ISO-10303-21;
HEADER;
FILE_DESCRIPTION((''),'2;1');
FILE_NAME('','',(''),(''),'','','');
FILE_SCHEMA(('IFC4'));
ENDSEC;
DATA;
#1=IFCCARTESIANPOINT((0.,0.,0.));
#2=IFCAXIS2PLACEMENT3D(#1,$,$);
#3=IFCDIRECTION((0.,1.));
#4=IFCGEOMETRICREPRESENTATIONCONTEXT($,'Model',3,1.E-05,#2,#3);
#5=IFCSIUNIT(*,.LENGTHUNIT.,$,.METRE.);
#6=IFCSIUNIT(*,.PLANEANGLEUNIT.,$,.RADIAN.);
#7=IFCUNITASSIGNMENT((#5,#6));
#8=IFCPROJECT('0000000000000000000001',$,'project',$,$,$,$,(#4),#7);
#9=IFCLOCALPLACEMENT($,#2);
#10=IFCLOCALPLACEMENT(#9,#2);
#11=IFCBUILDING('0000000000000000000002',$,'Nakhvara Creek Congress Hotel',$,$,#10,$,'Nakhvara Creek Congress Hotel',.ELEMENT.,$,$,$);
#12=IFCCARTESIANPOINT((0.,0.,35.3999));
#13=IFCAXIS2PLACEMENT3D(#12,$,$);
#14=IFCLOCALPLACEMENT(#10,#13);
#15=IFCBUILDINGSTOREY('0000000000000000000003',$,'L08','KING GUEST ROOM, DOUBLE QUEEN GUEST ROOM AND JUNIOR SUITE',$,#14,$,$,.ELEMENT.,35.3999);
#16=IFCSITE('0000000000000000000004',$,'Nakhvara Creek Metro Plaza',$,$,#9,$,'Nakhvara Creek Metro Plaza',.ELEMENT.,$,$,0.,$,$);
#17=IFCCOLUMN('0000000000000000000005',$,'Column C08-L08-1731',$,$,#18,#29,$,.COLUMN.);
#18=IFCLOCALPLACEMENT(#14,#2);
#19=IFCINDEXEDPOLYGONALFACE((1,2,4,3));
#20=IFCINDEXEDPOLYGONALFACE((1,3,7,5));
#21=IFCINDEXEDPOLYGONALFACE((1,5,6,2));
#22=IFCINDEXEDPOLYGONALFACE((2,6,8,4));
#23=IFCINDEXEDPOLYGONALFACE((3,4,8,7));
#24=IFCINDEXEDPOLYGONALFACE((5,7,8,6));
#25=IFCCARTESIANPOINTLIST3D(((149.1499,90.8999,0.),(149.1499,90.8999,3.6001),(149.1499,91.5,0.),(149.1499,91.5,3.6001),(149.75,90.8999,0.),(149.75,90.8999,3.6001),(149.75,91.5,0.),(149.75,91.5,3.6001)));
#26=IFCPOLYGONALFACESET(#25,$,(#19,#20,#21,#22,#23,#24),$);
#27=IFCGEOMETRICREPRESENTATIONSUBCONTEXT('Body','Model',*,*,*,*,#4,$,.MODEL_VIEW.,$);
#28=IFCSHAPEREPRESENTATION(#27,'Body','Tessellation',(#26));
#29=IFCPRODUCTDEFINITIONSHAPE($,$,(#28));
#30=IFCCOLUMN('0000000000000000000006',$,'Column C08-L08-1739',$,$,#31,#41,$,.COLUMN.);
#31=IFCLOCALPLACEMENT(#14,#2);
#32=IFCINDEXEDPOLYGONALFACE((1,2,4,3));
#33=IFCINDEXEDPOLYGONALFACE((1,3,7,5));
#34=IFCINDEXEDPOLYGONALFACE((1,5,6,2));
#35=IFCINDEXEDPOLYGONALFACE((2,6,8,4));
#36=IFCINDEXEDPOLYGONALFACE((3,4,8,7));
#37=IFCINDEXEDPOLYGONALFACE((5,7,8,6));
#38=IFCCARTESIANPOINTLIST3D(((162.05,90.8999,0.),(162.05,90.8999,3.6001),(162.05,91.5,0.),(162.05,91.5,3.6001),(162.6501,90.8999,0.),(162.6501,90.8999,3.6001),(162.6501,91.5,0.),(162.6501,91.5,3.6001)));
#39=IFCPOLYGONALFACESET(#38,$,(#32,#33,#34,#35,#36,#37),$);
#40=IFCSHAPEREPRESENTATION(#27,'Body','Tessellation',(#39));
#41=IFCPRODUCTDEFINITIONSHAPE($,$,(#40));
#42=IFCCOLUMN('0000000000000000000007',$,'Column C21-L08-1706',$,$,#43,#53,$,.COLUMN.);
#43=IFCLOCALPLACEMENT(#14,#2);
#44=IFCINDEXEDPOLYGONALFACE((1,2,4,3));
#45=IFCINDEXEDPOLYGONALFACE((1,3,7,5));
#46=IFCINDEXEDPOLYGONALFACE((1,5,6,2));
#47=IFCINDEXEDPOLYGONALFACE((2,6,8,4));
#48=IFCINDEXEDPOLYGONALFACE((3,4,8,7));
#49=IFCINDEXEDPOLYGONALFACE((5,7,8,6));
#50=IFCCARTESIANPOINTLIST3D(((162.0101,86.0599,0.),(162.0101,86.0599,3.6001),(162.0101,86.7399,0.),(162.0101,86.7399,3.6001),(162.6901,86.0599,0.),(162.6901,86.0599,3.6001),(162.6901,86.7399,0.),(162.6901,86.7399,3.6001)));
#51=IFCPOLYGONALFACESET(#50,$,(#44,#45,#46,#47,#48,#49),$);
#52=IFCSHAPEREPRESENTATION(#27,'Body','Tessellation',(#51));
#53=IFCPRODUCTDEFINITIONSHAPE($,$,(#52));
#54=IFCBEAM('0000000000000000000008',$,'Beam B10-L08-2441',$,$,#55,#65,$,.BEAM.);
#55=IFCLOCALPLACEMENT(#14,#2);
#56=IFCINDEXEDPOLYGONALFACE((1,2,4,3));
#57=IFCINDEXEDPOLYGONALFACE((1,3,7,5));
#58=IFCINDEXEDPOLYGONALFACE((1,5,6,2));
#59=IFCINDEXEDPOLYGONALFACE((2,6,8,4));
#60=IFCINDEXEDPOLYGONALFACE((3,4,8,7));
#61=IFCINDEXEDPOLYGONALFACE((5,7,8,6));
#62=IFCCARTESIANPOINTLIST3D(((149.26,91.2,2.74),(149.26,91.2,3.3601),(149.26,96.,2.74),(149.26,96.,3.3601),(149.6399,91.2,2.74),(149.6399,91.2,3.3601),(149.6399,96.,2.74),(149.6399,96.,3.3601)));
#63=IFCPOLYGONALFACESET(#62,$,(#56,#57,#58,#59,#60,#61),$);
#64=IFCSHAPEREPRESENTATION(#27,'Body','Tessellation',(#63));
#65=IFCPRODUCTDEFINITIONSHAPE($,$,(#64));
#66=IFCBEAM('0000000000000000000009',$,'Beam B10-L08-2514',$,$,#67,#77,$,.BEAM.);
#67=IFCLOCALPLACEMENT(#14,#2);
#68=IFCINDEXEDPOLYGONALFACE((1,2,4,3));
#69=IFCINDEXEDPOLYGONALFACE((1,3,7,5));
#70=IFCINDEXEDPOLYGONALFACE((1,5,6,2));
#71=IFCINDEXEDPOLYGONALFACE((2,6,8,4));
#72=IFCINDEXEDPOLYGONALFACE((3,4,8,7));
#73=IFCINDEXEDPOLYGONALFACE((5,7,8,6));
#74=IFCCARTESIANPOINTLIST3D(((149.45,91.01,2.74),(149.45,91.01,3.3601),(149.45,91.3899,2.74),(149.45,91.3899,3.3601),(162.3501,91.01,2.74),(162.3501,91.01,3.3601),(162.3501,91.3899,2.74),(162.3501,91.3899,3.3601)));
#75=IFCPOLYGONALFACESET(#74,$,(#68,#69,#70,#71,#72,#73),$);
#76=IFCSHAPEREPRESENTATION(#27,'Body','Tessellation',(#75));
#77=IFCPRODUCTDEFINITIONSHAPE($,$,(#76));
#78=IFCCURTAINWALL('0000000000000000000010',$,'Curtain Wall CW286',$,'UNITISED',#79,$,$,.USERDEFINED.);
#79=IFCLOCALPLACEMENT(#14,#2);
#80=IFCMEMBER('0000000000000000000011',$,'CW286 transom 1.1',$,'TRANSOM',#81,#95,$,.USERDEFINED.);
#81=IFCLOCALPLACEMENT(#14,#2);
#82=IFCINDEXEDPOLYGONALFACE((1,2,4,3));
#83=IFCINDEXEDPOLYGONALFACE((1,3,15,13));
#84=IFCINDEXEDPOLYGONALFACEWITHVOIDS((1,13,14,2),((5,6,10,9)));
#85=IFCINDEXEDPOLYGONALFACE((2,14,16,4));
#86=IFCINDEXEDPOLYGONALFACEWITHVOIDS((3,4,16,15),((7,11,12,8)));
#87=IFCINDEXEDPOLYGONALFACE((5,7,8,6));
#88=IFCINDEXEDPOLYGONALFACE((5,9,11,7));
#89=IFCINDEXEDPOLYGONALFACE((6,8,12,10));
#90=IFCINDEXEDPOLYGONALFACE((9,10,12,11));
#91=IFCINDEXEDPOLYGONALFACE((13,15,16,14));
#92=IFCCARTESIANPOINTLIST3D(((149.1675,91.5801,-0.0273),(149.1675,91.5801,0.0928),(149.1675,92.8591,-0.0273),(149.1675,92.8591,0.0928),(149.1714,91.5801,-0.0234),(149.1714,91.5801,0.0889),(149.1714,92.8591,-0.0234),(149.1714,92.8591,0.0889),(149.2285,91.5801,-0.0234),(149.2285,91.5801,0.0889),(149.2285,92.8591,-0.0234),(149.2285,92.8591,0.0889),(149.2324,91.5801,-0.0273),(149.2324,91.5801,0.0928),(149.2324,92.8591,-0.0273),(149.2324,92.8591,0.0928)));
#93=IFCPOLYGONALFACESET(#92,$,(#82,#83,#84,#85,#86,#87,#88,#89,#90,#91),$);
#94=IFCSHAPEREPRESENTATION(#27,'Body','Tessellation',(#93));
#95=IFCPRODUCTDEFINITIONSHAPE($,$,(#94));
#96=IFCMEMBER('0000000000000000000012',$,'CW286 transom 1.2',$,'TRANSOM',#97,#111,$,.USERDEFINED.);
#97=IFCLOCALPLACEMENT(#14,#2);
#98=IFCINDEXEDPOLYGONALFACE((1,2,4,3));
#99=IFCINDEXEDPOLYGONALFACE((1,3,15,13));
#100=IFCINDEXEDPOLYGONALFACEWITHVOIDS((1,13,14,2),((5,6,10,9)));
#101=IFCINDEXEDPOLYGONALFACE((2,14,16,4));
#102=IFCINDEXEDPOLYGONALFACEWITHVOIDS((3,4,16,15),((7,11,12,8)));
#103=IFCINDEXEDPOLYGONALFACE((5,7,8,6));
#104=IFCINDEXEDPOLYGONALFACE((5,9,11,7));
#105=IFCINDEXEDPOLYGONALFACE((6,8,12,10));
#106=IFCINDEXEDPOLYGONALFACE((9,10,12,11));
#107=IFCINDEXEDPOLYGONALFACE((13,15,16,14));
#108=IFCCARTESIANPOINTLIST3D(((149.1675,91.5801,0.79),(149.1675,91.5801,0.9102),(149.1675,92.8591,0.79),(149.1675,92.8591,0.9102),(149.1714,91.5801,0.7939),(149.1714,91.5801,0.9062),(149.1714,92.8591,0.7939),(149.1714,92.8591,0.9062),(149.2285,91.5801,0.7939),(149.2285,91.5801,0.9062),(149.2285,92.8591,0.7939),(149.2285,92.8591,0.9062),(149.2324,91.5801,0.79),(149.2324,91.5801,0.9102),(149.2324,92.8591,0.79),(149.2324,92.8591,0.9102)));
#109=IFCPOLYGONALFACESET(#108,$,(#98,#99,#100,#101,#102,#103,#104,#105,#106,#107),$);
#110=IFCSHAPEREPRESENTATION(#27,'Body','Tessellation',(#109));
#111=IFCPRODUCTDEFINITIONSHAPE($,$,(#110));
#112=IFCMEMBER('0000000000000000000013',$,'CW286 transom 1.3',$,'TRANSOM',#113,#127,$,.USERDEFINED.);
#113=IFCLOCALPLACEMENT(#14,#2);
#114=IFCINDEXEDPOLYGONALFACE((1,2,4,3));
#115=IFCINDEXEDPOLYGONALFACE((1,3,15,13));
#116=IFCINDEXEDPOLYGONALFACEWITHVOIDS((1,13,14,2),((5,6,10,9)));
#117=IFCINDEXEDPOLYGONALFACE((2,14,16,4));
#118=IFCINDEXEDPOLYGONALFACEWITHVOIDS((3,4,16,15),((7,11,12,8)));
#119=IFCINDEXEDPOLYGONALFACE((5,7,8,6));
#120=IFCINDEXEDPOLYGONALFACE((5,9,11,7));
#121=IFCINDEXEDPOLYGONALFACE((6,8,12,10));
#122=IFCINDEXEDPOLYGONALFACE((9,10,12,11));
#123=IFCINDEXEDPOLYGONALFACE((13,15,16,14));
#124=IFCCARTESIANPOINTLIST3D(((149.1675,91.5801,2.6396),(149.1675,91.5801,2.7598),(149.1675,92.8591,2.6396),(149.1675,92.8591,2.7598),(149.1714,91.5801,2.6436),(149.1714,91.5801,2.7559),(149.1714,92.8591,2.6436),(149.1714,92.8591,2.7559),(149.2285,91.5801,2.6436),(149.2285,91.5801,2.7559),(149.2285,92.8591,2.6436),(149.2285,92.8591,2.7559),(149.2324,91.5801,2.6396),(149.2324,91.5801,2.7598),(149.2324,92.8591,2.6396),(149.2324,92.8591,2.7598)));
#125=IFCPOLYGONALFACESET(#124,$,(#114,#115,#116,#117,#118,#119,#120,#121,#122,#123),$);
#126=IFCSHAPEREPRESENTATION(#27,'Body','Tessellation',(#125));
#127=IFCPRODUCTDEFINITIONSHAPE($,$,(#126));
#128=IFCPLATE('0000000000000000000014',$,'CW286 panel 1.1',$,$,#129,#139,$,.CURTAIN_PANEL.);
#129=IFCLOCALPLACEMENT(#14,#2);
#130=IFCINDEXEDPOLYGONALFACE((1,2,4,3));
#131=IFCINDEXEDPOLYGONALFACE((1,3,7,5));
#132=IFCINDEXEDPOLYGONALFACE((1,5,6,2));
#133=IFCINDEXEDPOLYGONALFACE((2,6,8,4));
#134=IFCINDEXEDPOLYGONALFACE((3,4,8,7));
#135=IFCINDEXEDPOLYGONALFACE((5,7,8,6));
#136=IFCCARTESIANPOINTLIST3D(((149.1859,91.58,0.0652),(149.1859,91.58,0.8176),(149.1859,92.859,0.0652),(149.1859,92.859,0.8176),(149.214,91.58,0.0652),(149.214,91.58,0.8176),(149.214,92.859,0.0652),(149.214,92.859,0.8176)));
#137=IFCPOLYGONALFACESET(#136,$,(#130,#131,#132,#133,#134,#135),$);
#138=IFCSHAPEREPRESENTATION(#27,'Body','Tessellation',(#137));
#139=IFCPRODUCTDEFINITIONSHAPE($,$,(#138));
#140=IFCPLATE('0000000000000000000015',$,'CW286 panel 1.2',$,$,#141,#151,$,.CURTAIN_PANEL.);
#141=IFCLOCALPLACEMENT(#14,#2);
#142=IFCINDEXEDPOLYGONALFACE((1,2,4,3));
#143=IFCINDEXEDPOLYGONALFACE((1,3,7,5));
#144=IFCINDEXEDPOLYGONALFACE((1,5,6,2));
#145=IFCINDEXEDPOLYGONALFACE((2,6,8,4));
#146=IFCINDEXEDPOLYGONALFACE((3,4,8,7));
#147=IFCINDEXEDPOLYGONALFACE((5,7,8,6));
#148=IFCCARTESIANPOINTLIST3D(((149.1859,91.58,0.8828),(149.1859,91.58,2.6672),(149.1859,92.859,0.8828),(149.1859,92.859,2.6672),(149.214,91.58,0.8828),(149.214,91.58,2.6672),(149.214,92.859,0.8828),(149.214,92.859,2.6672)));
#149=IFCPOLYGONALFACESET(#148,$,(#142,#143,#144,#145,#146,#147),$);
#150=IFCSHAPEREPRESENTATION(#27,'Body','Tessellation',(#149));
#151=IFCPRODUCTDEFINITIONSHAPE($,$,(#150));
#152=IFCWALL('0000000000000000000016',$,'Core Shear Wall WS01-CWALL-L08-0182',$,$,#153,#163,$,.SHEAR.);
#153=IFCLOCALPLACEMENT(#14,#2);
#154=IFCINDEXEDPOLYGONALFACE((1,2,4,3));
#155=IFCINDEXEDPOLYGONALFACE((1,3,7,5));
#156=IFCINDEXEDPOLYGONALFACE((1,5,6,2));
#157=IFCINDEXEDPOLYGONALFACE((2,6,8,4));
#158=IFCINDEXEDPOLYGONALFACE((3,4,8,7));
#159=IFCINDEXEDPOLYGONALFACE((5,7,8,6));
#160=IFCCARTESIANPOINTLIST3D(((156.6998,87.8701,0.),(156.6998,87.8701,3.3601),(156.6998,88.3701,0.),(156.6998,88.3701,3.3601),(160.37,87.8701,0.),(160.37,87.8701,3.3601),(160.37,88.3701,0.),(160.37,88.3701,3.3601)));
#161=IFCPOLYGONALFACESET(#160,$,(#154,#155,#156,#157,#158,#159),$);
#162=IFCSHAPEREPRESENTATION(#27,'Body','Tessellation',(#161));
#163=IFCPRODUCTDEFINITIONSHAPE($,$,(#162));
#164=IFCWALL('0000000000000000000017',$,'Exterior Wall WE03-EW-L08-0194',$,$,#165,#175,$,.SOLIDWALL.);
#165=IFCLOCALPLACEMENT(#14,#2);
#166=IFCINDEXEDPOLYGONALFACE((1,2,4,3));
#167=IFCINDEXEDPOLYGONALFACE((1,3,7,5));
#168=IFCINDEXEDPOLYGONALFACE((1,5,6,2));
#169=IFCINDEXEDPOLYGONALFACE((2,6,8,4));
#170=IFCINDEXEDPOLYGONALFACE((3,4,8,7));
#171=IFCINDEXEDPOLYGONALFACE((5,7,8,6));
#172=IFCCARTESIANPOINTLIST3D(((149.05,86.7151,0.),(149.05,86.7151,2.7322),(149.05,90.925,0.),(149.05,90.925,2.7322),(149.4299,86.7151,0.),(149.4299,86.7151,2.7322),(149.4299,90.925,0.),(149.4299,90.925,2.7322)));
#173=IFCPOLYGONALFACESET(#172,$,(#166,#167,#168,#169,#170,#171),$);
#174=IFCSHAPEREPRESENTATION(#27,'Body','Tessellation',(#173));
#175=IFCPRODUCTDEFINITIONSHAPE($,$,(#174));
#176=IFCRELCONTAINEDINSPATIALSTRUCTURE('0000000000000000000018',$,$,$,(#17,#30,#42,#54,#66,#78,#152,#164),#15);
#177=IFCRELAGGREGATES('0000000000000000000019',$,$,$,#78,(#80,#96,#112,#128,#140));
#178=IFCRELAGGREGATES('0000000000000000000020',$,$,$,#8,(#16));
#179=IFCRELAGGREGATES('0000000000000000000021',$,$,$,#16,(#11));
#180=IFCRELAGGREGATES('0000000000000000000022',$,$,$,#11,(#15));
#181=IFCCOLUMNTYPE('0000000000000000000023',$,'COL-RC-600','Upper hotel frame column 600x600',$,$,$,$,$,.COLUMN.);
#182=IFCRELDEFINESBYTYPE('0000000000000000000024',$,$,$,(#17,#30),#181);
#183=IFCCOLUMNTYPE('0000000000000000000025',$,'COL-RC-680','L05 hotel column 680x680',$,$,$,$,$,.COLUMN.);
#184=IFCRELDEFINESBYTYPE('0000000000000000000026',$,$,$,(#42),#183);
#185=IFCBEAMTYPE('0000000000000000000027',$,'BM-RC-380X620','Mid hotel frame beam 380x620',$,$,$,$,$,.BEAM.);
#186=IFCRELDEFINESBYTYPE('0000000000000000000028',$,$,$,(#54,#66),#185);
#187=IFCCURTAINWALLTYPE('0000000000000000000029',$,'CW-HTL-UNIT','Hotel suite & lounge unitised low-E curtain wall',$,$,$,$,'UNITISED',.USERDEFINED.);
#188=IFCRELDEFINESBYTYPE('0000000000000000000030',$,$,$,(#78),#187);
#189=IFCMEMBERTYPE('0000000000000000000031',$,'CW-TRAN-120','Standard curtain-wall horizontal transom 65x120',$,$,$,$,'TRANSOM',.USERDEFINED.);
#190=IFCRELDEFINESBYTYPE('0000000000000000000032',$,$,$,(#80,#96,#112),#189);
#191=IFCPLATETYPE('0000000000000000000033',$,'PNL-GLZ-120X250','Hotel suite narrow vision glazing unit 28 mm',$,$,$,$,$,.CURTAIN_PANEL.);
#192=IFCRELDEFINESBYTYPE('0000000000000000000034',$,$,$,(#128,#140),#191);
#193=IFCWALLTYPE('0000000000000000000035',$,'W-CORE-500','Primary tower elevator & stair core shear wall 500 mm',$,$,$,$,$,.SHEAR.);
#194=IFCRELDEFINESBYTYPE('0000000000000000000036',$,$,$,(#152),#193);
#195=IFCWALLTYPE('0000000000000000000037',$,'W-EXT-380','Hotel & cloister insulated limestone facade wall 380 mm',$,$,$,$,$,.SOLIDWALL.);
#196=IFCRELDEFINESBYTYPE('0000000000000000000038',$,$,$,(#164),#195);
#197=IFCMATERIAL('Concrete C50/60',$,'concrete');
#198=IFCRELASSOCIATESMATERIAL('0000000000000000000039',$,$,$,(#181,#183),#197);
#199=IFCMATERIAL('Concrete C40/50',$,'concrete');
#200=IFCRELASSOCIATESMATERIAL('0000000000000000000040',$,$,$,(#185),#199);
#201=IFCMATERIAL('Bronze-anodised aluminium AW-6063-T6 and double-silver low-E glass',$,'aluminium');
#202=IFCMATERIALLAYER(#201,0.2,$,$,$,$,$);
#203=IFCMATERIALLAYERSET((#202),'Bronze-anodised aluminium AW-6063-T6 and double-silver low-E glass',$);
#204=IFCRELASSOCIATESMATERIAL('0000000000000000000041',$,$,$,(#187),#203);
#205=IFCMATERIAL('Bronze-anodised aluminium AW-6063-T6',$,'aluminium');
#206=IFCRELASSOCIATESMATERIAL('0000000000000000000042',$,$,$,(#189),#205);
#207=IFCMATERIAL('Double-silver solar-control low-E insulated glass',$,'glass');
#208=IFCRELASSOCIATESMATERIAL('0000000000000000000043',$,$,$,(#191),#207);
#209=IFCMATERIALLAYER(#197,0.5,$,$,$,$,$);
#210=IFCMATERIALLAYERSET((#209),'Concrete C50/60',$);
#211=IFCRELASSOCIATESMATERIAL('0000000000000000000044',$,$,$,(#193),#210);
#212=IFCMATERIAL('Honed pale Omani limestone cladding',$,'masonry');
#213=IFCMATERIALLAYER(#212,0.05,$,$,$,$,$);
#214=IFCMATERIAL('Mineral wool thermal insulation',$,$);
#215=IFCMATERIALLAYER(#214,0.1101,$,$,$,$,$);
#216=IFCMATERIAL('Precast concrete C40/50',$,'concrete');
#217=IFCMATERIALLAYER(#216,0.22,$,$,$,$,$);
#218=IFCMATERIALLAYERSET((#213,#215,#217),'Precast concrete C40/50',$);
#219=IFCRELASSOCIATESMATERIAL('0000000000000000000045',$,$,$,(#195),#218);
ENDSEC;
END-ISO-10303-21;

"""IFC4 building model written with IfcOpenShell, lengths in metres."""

from ifc_helpers import new_model, si_unit, direction, frame, frame_2d, origin, origin_2d, place, context, subcontext, project, spatial, rectangle, hollow_rectangle, extrude, material, layer, layer_set, material_profile, profile_set, type_object, element, aggregate, save


model = new_model("IFC4")

# Units and contexts
model_context = context("Model", 3, precision=1e-05, world=origin(), true_north=direction((0.0, 1.0)))
body_context = subcontext(model_context, "Body", "Model", "MODEL_VIEW")
ifc_project = project(units=[si_unit("LENGTHUNIT", "METRE"), si_unit("PLANEANGLEUNIT", "RADIAN")], contexts=[model_context])

# Site, building, storey
site_placement = place(None, origin())
site = spatial("IfcSite", under=ifc_project, at=site_placement, Name="Nakhvara Creek Metro Plaza", LongName="Nakhvara Creek Metro Plaza", CompositionType="ELEMENT", RefElevation=0.0)
building_placement = place(site_placement, origin())
building = spatial("IfcBuilding", under=site, at=building_placement, Name="Nakhvara Creek Congress Hotel", LongName="Nakhvara Creek Congress Hotel", CompositionType="ELEMENT")
storey_placement = place(building_placement, frame((0.0, 0.0, 35.3999)))
storey = spatial("IfcBuildingStorey", under=building, at=storey_placement, Name="L08", Description="KING GUEST ROOM, DOUBLE QUEEN GUEST ROOM AND JUNIOR SUITE", CompositionType="ELEMENT", Elevation=35.3999)

# Columns
ifc_material_1 = material(Name="Concrete C50/60", Category="concrete")
ifc_material_profile_1 = material_profile(ifc_material_1, rectangle(XDim=0.6001, YDim=0.6001, at=origin_2d()), Name="RC-COL 600x600", Category="LoadBearing")
ifc_profile_set_1 = profile_set([ifc_material_profile_1], Name="Concrete C50/60")
column_type_1 = type_object("IfcColumnType", Name="COL-RC-600", Description="Upper hotel frame column 600x600", PredefinedType="COLUMN", material=ifc_profile_set_1)
for number, where, z_axis, x_axis, name in (
    (1, (149.45, 91.2, 0.0), (0.0, 0.0, 1.0), (1.0, 0.0, 0.0), "Column C08-L08-1731"),
    (2, (162.3501, 91.2, 0.0), (0.0, 0.0, 1.0), (1.0, 0.0, 0.0), "Column C08-L08-1739"),
):
    element("IfcColumn", number, at=place(storey_placement, frame(where, z_axis=z_axis, x_axis=x_axis)), inside=storey, type_object=column_type_1, Name=name, PredefinedType="COLUMN", context=body_context, shape_type="SweptSolid", body=[
        extrude(rectangle(XDim=0.6001, YDim=0.6001, at=origin_2d()), origin(), (0.0, 0.0, 1.0), 3.6001),
    ])
ifc_material_profile_2 = material_profile(ifc_material_1, rectangle(XDim=0.6799, YDim=0.6799, at=origin_2d()), Name="RC-COL 680x680", Category="LoadBearing")
ifc_profile_set_2 = profile_set([ifc_material_profile_2], Name="Concrete C50/60")
column_type_2 = type_object("IfcColumnType", Name="COL-RC-680", Description="L05 hotel column 680x680", PredefinedType="COLUMN", material=ifc_profile_set_2)
column_placement = place(storey_placement, frame((162.3501, 86.3999, 0.0), z_axis=(0.0, 0.0, 1.0), x_axis=(1.0, 0.0, 0.0)))
element("IfcColumn", 3, at=column_placement, inside=storey, type_object=column_type_2, Name="Column C21-L08-1706", PredefinedType="COLUMN", context=body_context, shape_type="SweptSolid", body=[
    extrude(rectangle(XDim=0.6799, YDim=0.6799, at=origin_2d()), origin(), (0.0, 0.0, 1.0), 3.6001),
])

# Beams
ifc_material_2 = material(Name="Concrete C40/50", Category="concrete")
ifc_material_profile_3 = material_profile(ifc_material_2, rectangle(XDim=0.3799, YDim=0.6201, at=origin_2d()), Name="RC-BM 380x620", Category="LoadBearing")
ifc_profile_set_3 = profile_set([ifc_material_profile_3], Name="Concrete C40/50")
beam_type = type_object("IfcBeamType", Name="BM-RC-380X620", Description="Mid hotel frame beam 380x620", PredefinedType="BEAM", material=ifc_profile_set_3)
beam_1_placement = place(storey_placement, frame((149.45, 91.2, 3.05), z_axis=(0.0, 1.0, 0.0), x_axis=(-1.0, 0.0, 0.0)))
element("IfcBeam", 4, at=beam_1_placement, inside=storey, type_object=beam_type, Name="Beam B10-L08-2441", PredefinedType="BEAM", context=body_context, shape_type="SweptSolid", body=[
    extrude(rectangle(XDim=0.3799, YDim=0.6201, at=origin_2d()), origin(), (0.0, 0.0, 1.0), 4.8),
])
beam_2_placement = place(storey_placement, frame((149.45, 91.2, 3.05), z_axis=(1.0, 0.0, 0.0), x_axis=(0.0, 1.0, 0.0)))
element("IfcBeam", 5, at=beam_2_placement, inside=storey, type_object=beam_type, Name="Beam B10-L08-2514", PredefinedType="BEAM", context=body_context, shape_type="SweptSolid", body=[
    extrude(rectangle(XDim=0.3799, YDim=0.6201, at=origin_2d()), origin(), (0.0, 0.0, 1.0), 12.9001),
])

# Curtain wall, members, plates
ifc_material_3 = material(Name="Bronze-anodised aluminium AW-6063-T6 and double-silver low-E glass", Category="aluminium")
ifc_layer_1 = layer(ifc_material_3, 0.2)
ifc_layer_set_1 = layer_set([ifc_layer_1], Name="Bronze-anodised aluminium AW-6063-T6 and double-silver low-E glass")
curtain_wall_type = type_object("IfcCurtainWallType", Name="CW-HTL-UNIT", Description="Hotel suite & lounge unitised low-E curtain wall", ElementType="UNITISED", PredefinedType="USERDEFINED", material=ifc_layer_set_1)
curtain_wall_placement = place(storey_placement, origin())
curtain_wall = element("IfcCurtainWall", 6, at=curtain_wall_placement, inside=storey, type_object=curtain_wall_type, Name="Curtain Wall CW286", ObjectType="UNITISED", PredefinedType="USERDEFINED")
ifc_material_4 = material(Name="Bronze-anodised aluminium AW-6063-T6", Category="aluminium")
ifc_material_profile_4 = material_profile(ifc_material_4, hollow_rectangle(XDim=0.0649, YDim=0.1201, WallThickness=0.0039, at=origin_2d()), Name="ALU-TRAN 65x120x4", Category="LoadBearing")
ifc_profile_set_4 = profile_set([ifc_material_profile_4], Name="Bronze-anodised aluminium AW-6063-T6")
member_type = type_object("IfcMemberType", Name="CW-TRAN-120", Description="Standard curtain-wall horizontal transom 65x120", ElementType="TRANSOM", PredefinedType="USERDEFINED", material=ifc_profile_set_4)
member_1_placement = place(storey_placement, frame((149.2, 91.5801, 0.0327), z_axis=(0.0, 1.0, 0.0), x_axis=(-1.0, 0.0, 0.0)))
member_1 = element("IfcMember", 7, at=member_1_placement, type_object=member_type, Name="CW286 transom 1.1", ObjectType="TRANSOM", PredefinedType="USERDEFINED", context=body_context, shape_type="SweptSolid", body=[
    extrude(hollow_rectangle(XDim=0.0649, YDim=0.1201, WallThickness=0.0039, at=origin_2d()), origin(), (0.0, 0.0, 1.0), 1.2791),
])
member_2_placement = place(storey_placement, frame((149.2, 91.5801, 0.8501), z_axis=(0.0, 1.0, 0.0), x_axis=(-1.0, 0.0, 0.0)))
member_2 = element("IfcMember", 8, at=member_2_placement, type_object=member_type, Name="CW286 transom 1.2", ObjectType="TRANSOM", PredefinedType="USERDEFINED", context=body_context, shape_type="SweptSolid", body=[
    extrude(hollow_rectangle(XDim=0.0649, YDim=0.1201, WallThickness=0.0039, at=origin_2d()), origin(), (0.0, 0.0, 1.0), 1.2791),
])
member_3_placement = place(storey_placement, frame((149.2, 91.5801, 2.6997), z_axis=(0.0, 1.0, 0.0), x_axis=(-1.0, 0.0, 0.0)))
member_3 = element("IfcMember", 9, at=member_3_placement, type_object=member_type, Name="CW286 transom 1.3", ObjectType="TRANSOM", PredefinedType="USERDEFINED", context=body_context, shape_type="SweptSolid", body=[
    extrude(hollow_rectangle(XDim=0.0649, YDim=0.1201, WallThickness=0.0039, at=origin_2d()), origin(), (0.0, 0.0, 1.0), 1.2791),
])
ifc_material_5 = material(Name="Double-silver solar-control low-E insulated glass", Category="glass")
plate_type = type_object("IfcPlateType", Name="PNL-GLZ-120X250", Description="Hotel suite narrow vision glazing unit 28 mm", PredefinedType="CURTAIN_PANEL", material=ifc_material_5)
plate_1_placement = place(storey_placement, frame((149.2, 92.2195, 0.0652), z_axis=(0.0, 0.0, 1.0), x_axis=(0.0, 1.0, 0.0)))
plate_1 = element("IfcPlate", 10, at=plate_1_placement, type_object=plate_type, Name="CW286 panel 1.1", PredefinedType="CURTAIN_PANEL", context=body_context, shape_type="SweptSolid", body=[
    extrude(rectangle(XDim=1.2791, YDim=0.0281, at=origin_2d()), origin(), (0.0, 0.0, 1.0), 0.7524),
])
plate_2_placement = place(storey_placement, frame((149.2, 92.2195, 0.8828), z_axis=(0.0, 0.0, 1.0), x_axis=(0.0, 1.0, 0.0)))
plate_2 = element("IfcPlate", 11, at=plate_2_placement, type_object=plate_type, Name="CW286 panel 1.2", PredefinedType="CURTAIN_PANEL", context=body_context, shape_type="SweptSolid", body=[
    extrude(rectangle(XDim=1.2791, YDim=0.0281, at=origin_2d()), origin(), (0.0, 0.0, 1.0), 1.7844),
])
aggregate(curtain_wall, [member_1, member_2, member_3, plate_1, plate_2])

# Walls
ifc_layer_2 = layer(ifc_material_1, 0.5)
ifc_layer_set_2 = layer_set([ifc_layer_2], Name="Concrete C50/60")
wall_type_1 = type_object("IfcWallType", Name="W-CORE-500", Description="Primary tower elevator & stair core shear wall 500 mm", PredefinedType="SHEAR", material=ifc_layer_set_2)
wall_1_placement = place(storey_placement, frame((156.7, 88.1201, 0.0), z_axis=(0.0, 0.0, 1.0), x_axis=(1.0, 0.0, 0.0)))
element("IfcWall", 12, at=wall_1_placement, inside=storey, type_object=wall_type_1, Name="Core Shear Wall WS01-CWALL-L08-0182", PredefinedType="SHEAR", context=body_context, shape_type="SweptSolid", body=[
    extrude(rectangle(XDim=3.6702, YDim=0.5, at=frame_2d((1.835, 0.0))), origin(), (0.0, 0.0, 1.0), 3.3601),
])
ifc_material_6 = material(Name="Honed pale Omani limestone cladding", Category="masonry")
ifc_layer_3 = layer(ifc_material_6, 0.05)
ifc_material_7 = material(Name="Mineral wool thermal insulation")
ifc_layer_4 = layer(ifc_material_7, 0.1101)
ifc_material_8 = material(Name="Precast concrete C40/50", Category="concrete")
ifc_layer_5 = layer(ifc_material_8, 0.22)
ifc_layer_set_3 = layer_set([ifc_layer_3, ifc_layer_4, ifc_layer_5], Name="Precast concrete C40/50")
wall_type_2 = type_object("IfcWallType", Name="W-EXT-380", Description="Hotel & cloister insulated limestone facade wall 380 mm", PredefinedType="SOLIDWALL", material=ifc_layer_set_3)
wall_2_placement = place(storey_placement, frame((149.24, 86.7151, 0.0), z_axis=(0.0, 0.0, 1.0), x_axis=(0.0, 1.0, 0.0)))
element("IfcWall", 13, at=wall_2_placement, inside=storey, type_object=wall_type_2, Name="Exterior Wall WE03-EW-L08-0194", PredefinedType="SOLIDWALL", context=body_context, shape_type="SweptSolid", body=[
    extrude(rectangle(XDim=4.21, YDim=0.3799, at=frame_2d((2.105, 0.0))), origin(), (0.0, 0.0, 1.0), 2.7322),
])

save(model, "model.ifc")
